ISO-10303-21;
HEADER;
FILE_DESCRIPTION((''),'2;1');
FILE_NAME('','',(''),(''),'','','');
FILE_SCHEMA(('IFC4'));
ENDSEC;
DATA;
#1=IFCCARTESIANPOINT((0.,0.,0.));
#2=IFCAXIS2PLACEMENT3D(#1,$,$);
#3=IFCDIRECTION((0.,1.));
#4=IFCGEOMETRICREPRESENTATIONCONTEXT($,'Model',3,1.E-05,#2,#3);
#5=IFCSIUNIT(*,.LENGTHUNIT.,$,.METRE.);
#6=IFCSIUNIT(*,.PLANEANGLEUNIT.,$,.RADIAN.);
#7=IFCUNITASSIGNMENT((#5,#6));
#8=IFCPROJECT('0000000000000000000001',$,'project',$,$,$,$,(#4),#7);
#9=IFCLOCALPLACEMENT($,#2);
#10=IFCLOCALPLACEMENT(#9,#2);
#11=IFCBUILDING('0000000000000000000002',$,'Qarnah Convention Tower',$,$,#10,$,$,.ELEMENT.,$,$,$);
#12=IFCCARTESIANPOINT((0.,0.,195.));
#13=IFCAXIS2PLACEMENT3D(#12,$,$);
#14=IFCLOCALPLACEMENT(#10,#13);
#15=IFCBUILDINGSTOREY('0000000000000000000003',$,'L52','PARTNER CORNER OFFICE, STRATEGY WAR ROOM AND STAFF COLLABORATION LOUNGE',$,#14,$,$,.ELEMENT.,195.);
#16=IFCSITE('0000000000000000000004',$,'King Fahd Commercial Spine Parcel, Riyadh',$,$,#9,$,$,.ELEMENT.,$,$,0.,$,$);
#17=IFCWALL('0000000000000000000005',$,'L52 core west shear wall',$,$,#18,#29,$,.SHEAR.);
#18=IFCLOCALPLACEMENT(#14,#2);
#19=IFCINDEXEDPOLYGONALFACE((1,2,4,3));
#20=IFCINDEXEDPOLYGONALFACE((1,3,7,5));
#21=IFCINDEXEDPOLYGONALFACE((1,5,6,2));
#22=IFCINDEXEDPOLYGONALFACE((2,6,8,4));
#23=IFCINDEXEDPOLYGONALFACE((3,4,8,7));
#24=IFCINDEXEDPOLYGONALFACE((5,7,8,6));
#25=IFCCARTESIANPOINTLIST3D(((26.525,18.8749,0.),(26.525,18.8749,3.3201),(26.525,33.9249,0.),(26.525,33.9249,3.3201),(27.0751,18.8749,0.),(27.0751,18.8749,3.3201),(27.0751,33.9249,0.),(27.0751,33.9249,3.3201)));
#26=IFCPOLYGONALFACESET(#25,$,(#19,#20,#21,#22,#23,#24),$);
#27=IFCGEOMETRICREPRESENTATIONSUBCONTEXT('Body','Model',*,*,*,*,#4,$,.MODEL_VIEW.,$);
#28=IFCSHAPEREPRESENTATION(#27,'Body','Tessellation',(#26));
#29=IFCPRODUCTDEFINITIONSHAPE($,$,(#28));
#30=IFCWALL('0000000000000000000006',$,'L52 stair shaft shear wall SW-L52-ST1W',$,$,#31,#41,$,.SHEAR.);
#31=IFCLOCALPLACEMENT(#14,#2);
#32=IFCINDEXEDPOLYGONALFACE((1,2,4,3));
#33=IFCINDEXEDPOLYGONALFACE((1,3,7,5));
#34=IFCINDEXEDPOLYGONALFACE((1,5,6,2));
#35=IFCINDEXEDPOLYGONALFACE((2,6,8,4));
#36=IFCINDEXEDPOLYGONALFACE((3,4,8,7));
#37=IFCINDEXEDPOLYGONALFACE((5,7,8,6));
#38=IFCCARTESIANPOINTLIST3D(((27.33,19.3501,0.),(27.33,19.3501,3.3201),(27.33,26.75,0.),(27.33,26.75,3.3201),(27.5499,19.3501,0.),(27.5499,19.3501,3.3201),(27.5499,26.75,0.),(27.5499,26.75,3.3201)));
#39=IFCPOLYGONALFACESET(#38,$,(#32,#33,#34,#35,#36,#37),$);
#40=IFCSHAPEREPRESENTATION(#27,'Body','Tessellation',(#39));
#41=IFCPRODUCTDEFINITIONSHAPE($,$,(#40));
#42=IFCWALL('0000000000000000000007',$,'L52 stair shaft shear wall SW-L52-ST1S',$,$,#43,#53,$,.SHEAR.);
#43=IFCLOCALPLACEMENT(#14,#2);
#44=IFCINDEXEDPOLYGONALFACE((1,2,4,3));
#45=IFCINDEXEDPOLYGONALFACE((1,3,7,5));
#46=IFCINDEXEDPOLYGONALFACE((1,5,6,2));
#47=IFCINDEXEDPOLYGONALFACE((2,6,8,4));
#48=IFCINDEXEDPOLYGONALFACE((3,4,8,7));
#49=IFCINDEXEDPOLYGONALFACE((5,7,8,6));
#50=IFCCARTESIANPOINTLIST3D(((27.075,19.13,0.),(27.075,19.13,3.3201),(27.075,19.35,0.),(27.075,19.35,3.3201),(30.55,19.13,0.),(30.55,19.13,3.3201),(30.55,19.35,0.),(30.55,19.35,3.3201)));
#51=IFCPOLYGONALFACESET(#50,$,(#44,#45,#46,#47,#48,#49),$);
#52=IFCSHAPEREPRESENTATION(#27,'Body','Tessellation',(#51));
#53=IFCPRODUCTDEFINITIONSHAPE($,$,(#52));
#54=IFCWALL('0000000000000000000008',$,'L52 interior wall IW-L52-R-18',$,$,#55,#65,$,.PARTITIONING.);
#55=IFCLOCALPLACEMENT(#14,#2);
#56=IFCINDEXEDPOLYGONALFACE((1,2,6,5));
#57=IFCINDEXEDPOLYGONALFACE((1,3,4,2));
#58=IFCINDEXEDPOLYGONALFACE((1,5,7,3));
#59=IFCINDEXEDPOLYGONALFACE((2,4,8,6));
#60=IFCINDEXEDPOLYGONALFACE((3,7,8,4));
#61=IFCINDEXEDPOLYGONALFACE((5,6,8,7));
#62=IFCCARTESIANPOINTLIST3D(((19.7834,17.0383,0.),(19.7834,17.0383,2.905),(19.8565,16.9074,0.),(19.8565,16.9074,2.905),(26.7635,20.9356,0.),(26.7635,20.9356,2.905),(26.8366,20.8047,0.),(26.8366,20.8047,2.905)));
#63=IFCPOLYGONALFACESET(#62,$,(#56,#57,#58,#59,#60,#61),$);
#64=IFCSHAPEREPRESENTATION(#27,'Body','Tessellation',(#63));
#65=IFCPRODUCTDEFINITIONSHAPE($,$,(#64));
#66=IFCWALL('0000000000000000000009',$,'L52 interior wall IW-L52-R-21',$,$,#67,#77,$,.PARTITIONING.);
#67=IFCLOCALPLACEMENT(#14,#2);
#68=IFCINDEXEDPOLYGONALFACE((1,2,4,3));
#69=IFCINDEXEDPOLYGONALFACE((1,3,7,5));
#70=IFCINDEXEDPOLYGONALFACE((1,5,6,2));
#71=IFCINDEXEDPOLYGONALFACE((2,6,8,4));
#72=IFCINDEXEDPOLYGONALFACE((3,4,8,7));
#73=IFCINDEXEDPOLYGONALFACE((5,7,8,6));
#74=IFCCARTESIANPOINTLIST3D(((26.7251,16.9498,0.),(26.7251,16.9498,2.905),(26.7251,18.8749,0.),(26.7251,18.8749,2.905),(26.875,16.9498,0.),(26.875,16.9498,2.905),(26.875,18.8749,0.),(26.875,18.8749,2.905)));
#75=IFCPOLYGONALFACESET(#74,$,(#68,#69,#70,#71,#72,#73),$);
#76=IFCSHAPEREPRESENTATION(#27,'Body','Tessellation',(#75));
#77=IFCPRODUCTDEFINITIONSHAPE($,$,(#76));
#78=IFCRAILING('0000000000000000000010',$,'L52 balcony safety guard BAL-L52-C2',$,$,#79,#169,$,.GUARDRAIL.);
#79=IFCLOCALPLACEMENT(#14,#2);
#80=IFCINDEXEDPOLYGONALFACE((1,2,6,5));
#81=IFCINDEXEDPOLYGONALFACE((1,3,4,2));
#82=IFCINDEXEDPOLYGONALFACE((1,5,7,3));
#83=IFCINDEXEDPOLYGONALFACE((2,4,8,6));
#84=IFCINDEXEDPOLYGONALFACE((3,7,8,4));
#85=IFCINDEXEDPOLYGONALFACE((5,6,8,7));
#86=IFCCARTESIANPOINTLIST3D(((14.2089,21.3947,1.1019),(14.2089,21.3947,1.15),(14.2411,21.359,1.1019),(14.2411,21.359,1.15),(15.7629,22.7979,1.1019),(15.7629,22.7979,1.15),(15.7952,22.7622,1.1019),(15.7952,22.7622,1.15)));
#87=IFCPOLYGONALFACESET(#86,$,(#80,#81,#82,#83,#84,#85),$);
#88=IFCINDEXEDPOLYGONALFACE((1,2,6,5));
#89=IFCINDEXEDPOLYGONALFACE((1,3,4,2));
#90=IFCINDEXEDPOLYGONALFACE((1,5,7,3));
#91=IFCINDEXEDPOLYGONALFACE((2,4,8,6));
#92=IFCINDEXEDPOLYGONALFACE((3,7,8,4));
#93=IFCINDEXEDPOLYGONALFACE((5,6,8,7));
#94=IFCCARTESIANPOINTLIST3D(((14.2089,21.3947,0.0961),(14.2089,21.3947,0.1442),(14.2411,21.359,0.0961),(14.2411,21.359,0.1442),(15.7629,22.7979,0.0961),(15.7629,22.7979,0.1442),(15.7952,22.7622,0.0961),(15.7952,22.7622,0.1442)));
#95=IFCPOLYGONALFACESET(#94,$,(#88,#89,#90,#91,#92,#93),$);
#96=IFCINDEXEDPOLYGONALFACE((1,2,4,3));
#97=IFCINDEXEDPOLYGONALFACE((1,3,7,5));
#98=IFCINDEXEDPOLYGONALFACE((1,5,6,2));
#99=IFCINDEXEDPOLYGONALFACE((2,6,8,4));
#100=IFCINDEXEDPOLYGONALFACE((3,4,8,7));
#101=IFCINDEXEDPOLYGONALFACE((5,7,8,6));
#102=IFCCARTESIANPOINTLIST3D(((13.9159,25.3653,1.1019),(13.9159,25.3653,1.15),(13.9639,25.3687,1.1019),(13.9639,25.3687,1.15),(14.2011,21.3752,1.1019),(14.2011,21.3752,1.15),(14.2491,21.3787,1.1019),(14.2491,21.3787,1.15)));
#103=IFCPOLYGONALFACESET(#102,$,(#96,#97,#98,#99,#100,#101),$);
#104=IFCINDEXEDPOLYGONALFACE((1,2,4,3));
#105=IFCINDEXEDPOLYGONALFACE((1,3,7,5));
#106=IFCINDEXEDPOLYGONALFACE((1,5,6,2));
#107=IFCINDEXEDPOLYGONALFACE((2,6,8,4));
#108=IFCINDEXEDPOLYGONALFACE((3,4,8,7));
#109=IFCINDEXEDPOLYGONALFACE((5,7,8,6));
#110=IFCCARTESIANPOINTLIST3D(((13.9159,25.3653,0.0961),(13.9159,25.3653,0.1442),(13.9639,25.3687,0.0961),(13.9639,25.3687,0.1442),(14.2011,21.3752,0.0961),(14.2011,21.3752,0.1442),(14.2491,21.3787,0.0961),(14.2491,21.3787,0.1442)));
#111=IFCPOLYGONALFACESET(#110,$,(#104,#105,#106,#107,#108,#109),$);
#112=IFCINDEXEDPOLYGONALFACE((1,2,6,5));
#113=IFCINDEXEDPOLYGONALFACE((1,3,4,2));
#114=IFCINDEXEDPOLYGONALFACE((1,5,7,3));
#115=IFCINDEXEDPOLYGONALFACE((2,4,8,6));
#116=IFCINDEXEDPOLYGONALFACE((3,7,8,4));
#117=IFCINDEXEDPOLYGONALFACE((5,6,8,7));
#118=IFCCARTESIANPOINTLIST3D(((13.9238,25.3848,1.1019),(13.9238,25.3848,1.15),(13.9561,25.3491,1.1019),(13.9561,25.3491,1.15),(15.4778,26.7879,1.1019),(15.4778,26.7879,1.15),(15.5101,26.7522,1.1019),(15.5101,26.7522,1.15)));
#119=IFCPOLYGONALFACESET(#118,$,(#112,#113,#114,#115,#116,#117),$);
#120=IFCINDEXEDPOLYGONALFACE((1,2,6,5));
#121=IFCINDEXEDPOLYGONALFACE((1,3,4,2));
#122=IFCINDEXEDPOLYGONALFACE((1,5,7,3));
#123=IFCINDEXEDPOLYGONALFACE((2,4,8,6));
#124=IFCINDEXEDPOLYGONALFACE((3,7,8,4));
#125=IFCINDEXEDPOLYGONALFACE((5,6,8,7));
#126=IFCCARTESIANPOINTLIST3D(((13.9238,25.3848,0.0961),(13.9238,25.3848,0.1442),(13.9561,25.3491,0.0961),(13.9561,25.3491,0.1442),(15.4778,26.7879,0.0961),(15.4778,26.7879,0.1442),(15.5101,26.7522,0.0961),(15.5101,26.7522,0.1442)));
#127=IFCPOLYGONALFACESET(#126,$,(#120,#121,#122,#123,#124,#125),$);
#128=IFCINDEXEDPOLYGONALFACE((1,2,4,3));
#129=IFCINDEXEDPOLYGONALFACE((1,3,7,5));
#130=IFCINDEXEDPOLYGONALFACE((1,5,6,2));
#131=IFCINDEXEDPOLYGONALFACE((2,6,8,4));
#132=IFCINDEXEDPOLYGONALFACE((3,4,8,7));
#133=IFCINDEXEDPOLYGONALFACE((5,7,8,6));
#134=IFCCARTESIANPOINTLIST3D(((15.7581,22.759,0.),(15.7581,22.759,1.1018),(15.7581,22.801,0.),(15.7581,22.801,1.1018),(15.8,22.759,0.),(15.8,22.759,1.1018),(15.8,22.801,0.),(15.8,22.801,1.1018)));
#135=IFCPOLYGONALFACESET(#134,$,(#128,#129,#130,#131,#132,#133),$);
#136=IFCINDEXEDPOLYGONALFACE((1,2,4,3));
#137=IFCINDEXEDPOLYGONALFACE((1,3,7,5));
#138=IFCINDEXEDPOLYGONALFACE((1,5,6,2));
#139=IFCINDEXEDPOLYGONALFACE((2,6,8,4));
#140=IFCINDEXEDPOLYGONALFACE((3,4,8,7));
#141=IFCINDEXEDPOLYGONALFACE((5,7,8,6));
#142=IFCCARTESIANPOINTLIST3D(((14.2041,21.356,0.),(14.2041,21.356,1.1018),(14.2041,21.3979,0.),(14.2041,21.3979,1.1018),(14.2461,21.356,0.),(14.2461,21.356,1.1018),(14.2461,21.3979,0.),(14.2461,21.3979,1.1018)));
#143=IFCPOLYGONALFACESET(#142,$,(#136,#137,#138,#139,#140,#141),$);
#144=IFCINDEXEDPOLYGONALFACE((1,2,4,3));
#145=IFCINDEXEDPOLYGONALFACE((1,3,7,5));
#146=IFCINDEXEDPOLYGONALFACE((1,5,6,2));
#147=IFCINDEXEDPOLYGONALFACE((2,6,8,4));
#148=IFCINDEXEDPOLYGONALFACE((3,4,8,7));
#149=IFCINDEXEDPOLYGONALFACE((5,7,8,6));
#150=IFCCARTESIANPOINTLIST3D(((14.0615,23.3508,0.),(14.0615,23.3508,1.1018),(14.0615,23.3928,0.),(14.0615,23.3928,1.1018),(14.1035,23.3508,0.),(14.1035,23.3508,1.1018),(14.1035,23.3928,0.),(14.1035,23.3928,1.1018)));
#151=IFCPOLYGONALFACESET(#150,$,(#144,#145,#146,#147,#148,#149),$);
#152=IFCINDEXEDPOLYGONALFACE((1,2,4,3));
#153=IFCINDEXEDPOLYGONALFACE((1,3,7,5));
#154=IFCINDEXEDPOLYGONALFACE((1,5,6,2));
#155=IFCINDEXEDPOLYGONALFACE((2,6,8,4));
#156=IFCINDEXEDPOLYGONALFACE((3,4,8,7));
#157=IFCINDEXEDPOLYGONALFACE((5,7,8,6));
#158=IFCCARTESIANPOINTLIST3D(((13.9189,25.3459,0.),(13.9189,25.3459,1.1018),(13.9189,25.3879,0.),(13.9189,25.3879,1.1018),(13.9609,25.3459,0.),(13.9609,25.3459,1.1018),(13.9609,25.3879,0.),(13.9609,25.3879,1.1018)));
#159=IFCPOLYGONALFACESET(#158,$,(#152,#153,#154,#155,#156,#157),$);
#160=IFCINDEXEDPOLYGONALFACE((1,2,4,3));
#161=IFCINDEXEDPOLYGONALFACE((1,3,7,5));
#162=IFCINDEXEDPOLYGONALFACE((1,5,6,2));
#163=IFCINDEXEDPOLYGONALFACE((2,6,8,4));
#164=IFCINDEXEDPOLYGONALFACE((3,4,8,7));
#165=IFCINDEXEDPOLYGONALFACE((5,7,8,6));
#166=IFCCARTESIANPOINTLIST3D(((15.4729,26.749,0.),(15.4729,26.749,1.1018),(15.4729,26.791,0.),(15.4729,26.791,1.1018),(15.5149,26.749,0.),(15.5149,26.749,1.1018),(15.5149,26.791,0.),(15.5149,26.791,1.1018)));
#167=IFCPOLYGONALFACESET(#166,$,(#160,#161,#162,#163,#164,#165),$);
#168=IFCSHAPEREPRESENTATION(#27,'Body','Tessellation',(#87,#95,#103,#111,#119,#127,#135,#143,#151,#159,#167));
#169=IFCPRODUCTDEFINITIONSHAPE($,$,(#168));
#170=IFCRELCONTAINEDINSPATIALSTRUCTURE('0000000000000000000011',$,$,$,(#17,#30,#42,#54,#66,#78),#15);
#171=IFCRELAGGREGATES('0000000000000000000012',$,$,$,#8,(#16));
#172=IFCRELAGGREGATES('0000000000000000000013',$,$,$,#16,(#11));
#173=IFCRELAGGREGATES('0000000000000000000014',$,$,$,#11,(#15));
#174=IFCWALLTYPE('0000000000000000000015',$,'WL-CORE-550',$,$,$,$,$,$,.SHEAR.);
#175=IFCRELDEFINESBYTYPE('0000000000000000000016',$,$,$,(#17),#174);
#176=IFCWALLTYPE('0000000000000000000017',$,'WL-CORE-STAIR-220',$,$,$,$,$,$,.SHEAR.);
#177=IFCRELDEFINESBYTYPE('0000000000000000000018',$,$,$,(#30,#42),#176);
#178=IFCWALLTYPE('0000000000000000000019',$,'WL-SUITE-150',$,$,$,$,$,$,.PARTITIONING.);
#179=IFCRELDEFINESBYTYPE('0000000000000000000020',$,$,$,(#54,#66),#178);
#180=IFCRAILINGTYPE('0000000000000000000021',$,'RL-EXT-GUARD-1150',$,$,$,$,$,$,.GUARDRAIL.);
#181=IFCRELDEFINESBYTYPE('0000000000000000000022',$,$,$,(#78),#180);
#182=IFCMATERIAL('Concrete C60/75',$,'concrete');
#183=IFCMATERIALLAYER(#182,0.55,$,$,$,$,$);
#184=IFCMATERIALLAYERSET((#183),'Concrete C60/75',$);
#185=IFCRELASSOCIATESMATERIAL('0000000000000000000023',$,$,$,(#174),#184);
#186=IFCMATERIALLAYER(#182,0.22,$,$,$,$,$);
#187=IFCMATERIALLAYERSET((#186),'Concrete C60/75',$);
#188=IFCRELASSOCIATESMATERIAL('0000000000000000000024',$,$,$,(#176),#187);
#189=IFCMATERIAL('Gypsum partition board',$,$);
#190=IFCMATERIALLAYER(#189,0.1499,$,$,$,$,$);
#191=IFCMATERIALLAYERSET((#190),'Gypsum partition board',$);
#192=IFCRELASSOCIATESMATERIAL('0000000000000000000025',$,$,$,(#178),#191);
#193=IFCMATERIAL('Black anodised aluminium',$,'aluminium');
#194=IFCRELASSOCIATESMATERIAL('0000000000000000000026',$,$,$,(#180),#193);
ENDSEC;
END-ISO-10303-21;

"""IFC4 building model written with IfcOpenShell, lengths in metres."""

from ifc_helpers import new_model, si_unit, direction, frame, frame_2d, origin, origin_2d, place, context, subcontext, project, spatial, rectangle, extrude, material, layer, layer_set, type_object, element, save


model = new_model("IFC4")

# Units and contexts
model_context = context("Model", 3, precision=1e-05, world=origin(), true_north=direction((0.0, 1.0)))
body_context = subcontext(model_context, "Body", "Model", "MODEL_VIEW")
ifc_project = project(units=[si_unit("LENGTHUNIT", "METRE"), si_unit("PLANEANGLEUNIT", "RADIAN")], contexts=[model_context])

# Site, building, storey
site_placement = place(None, origin())
site = spatial("IfcSite", under=ifc_project, at=site_placement, Name="King Fahd Commercial Spine Parcel, Riyadh", CompositionType="ELEMENT", RefElevation=0.0)
building_placement = place(site_placement, origin())
building = spatial("IfcBuilding", under=site, at=building_placement, Name="Qarnah Convention Tower", CompositionType="ELEMENT")
storey_placement = place(building_placement, frame((0.0, 0.0, 195.0)))
storey = spatial("IfcBuildingStorey", under=building, at=storey_placement, Name="L52", Description="PARTNER CORNER OFFICE, STRATEGY WAR ROOM AND STAFF COLLABORATION LOUNGE", CompositionType="ELEMENT", Elevation=195.0)

# Shared definitions
ifc_material_1 = material(Name="Black anodised aluminium", Category="aluminium")

# Shared definitions
ifc_material_2 = material(Name="Concrete C60/75", Category="concrete")
ifc_layer_1 = layer(ifc_material_2, 0.55)
ifc_layer_set_1 = layer_set([ifc_layer_1], Name="Concrete C60/75")
wall_type_1 = type_object("IfcWallType", Name="WL-CORE-550", PredefinedType="SHEAR", material=ifc_layer_set_1)

# Walls
wall_1_placement = place(storey_placement, frame((26.8, 18.875, 0.0), z_axis=(0.0, 0.0, 1.0), x_axis=(0.0, 1.0, 0.0)))
element("IfcWall", 1, at=wall_1_placement, inside=storey, type_object=wall_type_1, Name="L52 core west shear wall", PredefinedType="SHEAR", context=body_context, shape_type="SweptSolid", body=[
    extrude(rectangle(XDim=15.05, YDim=0.55, at=frame_2d((7.5249, 0.0))), origin(), (0.0, 0.0, 1.0), 3.3201),
])
ifc_layer_2 = layer(ifc_material_2, 0.22)
ifc_layer_set_2 = layer_set([ifc_layer_2], Name="Concrete C60/75")
wall_type_2 = type_object("IfcWallType", Name="WL-CORE-STAIR-220", PredefinedType="SHEAR", material=ifc_layer_set_2)
wall_2_placement = place(storey_placement, frame((27.4399, 19.3501, 0.0), z_axis=(0.0, 0.0, 1.0), x_axis=(0.0, 1.0, 0.0)))
element("IfcWall", 2, at=wall_2_placement, inside=storey, type_object=wall_type_2, Name="L52 stair shaft shear wall SW-L52-ST1W", PredefinedType="SHEAR", context=body_context, shape_type="SweptSolid", body=[
    extrude(rectangle(XDim=7.3999, YDim=0.22, at=frame_2d((3.7, 0.0))), origin(), (0.0, 0.0, 1.0), 3.3201),
])
wall_3_placement = place(storey_placement, frame((27.075, 19.24, 0.0), z_axis=(0.0, 0.0, 1.0), x_axis=(1.0, 0.0, 0.0)))
element("IfcWall", 3, at=wall_3_placement, inside=storey, type_object=wall_type_2, Name="L52 stair shaft shear wall SW-L52-ST1S", PredefinedType="SHEAR", context=body_context, shape_type="SweptSolid", body=[
    extrude(rectangle(XDim=3.4751, YDim=0.22, at=frame_2d((1.7375, 0.0))), origin(), (0.0, 0.0, 1.0), 3.3201),
])

# Walls
ifc_material_3 = material(Name="Gypsum partition board")
ifc_layer_3 = layer(ifc_material_3, 0.1499)
ifc_layer_set_3 = layer_set([ifc_layer_3], Name="Gypsum partition board")
wall_type_3 = type_object("IfcWallType", Name="WL-SUITE-150", PredefinedType="PARTITIONING", material=ifc_layer_set_3)
wall_4_placement = place(storey_placement, frame((19.8201, 16.9729, 0.0), z_axis=(0.0, 0.0, 1.0), x_axis=(0.873122, 0.487501, 0.0)))
element("IfcWall", 4, at=wall_4_placement, inside=storey, type_object=wall_type_3, Name="L52 interior wall IW-L52-R-18", PredefinedType="PARTITIONING", context=body_context, shape_type="SweptSolid", body=[
    extrude(rectangle(XDim=7.9944, YDim=0.1499, at=frame_2d((3.9971, 0.0))), origin(), (0.0, 0.0, 1.0), 2.905),
])
wall_5_placement = place(storey_placement, frame((26.8, 16.95, 0.0), z_axis=(0.0, 0.0, 1.0), x_axis=(0.0, 1.0, 0.0)))
element("IfcWall", 5, at=wall_5_placement, inside=storey, type_object=wall_type_3, Name="L52 interior wall IW-L52-R-21", PredefinedType="PARTITIONING", context=body_context, shape_type="SweptSolid", body=[
    extrude(rectangle(XDim=1.925, YDim=0.1499, at=frame_2d((0.9624, 0.0))), origin(), (0.0, 0.0, 1.0), 2.905),
])

# Railing
railing_type = type_object("IfcRailingType", Name="RL-EXT-GUARD-1150", PredefinedType="GUARDRAIL", material=ifc_material_1)
railing_placement = place(storey_placement, frame((15.7791, 22.78, 0.0)))
element("IfcRailing", 6, at=railing_placement, inside=storey, type_object=railing_type, Name="L52 balcony safety guard BAL-L52-C2", PredefinedType="GUARDRAIL", context=body_context, shape_type="SweptSolid", body=[
    extrude(rectangle(XDim=0.0481, YDim=0.0481, at=origin_2d()), frame((0.0, 0.0, 1.126), z_axis=(-0.742221, -0.670156, 0.0), x_axis=(0.670156, -0.742221, 0.0)), (0.0, 0.0, 1.0), 2.0938),
    extrude(rectangle(XDim=0.0481, YDim=0.0481, at=origin_2d()), frame((0.0, 0.0, 0.1201), z_axis=(-0.742221, -0.670156, 0.0), x_axis=(0.670156, -0.742221, 0.0)), (0.0, 0.0, 1.0), 2.0938),
    extrude(rectangle(XDim=0.0481, YDim=0.0481, at=origin_2d()), frame((-1.554, -1.4031, 1.126), z_axis=(-0.071286, 0.997456, 0.0), x_axis=(-0.997456, -0.071286, 0.0)), (0.0, 0.0, 1.0), 4.0002),
    extrude(rectangle(XDim=0.0481, YDim=0.0481, at=origin_2d()), frame((-1.554, -1.4031, 0.1201), z_axis=(-0.071286, 0.997456, 0.0), x_axis=(-0.997456, -0.071286, 0.0)), (0.0, 0.0, 1.0), 4.0002),
    extrude(rectangle(XDim=0.0481, YDim=0.0481, at=origin_2d()), frame((-1.8391, 2.5869, 1.126), z_axis=(0.742221, 0.670156, 0.0), x_axis=(-0.670156, 0.742221, 0.0)), (0.0, 0.0, 1.0), 2.0938),
    extrude(rectangle(XDim=0.0481, YDim=0.0481, at=origin_2d()), frame((-1.8391, 2.5869, 0.1201), z_axis=(0.742221, 0.670156, 0.0), x_axis=(-0.670156, 0.742221, 0.0)), (0.0, 0.0, 1.0), 2.0938),
    extrude(rectangle(XDim=0.042, YDim=0.042, at=origin_2d()), origin(), (0.0, 0.0, 1.0), 1.1018),
    extrude(rectangle(XDim=0.042, YDim=0.042, at=origin_2d()), frame((-1.554, -1.4031, 0.0)), (0.0, 0.0, 1.0), 1.1018),
    extrude(rectangle(XDim=0.042, YDim=0.042, at=origin_2d()), frame((-1.6965, 0.5918, 0.0)), (0.0, 0.0, 1.0), 1.1018),
    extrude(rectangle(XDim=0.042, YDim=0.042, at=origin_2d()), frame((-1.8391, 2.5869, 0.0)), (0.0, 0.0, 1.0), 1.1018),
    extrude(rectangle(XDim=0.042, YDim=0.042, at=origin_2d()), frame((-0.2852, 3.99, 0.0)), (0.0, 0.0, 1.0), 1.1018),
])

save(model, "model.ifc")
